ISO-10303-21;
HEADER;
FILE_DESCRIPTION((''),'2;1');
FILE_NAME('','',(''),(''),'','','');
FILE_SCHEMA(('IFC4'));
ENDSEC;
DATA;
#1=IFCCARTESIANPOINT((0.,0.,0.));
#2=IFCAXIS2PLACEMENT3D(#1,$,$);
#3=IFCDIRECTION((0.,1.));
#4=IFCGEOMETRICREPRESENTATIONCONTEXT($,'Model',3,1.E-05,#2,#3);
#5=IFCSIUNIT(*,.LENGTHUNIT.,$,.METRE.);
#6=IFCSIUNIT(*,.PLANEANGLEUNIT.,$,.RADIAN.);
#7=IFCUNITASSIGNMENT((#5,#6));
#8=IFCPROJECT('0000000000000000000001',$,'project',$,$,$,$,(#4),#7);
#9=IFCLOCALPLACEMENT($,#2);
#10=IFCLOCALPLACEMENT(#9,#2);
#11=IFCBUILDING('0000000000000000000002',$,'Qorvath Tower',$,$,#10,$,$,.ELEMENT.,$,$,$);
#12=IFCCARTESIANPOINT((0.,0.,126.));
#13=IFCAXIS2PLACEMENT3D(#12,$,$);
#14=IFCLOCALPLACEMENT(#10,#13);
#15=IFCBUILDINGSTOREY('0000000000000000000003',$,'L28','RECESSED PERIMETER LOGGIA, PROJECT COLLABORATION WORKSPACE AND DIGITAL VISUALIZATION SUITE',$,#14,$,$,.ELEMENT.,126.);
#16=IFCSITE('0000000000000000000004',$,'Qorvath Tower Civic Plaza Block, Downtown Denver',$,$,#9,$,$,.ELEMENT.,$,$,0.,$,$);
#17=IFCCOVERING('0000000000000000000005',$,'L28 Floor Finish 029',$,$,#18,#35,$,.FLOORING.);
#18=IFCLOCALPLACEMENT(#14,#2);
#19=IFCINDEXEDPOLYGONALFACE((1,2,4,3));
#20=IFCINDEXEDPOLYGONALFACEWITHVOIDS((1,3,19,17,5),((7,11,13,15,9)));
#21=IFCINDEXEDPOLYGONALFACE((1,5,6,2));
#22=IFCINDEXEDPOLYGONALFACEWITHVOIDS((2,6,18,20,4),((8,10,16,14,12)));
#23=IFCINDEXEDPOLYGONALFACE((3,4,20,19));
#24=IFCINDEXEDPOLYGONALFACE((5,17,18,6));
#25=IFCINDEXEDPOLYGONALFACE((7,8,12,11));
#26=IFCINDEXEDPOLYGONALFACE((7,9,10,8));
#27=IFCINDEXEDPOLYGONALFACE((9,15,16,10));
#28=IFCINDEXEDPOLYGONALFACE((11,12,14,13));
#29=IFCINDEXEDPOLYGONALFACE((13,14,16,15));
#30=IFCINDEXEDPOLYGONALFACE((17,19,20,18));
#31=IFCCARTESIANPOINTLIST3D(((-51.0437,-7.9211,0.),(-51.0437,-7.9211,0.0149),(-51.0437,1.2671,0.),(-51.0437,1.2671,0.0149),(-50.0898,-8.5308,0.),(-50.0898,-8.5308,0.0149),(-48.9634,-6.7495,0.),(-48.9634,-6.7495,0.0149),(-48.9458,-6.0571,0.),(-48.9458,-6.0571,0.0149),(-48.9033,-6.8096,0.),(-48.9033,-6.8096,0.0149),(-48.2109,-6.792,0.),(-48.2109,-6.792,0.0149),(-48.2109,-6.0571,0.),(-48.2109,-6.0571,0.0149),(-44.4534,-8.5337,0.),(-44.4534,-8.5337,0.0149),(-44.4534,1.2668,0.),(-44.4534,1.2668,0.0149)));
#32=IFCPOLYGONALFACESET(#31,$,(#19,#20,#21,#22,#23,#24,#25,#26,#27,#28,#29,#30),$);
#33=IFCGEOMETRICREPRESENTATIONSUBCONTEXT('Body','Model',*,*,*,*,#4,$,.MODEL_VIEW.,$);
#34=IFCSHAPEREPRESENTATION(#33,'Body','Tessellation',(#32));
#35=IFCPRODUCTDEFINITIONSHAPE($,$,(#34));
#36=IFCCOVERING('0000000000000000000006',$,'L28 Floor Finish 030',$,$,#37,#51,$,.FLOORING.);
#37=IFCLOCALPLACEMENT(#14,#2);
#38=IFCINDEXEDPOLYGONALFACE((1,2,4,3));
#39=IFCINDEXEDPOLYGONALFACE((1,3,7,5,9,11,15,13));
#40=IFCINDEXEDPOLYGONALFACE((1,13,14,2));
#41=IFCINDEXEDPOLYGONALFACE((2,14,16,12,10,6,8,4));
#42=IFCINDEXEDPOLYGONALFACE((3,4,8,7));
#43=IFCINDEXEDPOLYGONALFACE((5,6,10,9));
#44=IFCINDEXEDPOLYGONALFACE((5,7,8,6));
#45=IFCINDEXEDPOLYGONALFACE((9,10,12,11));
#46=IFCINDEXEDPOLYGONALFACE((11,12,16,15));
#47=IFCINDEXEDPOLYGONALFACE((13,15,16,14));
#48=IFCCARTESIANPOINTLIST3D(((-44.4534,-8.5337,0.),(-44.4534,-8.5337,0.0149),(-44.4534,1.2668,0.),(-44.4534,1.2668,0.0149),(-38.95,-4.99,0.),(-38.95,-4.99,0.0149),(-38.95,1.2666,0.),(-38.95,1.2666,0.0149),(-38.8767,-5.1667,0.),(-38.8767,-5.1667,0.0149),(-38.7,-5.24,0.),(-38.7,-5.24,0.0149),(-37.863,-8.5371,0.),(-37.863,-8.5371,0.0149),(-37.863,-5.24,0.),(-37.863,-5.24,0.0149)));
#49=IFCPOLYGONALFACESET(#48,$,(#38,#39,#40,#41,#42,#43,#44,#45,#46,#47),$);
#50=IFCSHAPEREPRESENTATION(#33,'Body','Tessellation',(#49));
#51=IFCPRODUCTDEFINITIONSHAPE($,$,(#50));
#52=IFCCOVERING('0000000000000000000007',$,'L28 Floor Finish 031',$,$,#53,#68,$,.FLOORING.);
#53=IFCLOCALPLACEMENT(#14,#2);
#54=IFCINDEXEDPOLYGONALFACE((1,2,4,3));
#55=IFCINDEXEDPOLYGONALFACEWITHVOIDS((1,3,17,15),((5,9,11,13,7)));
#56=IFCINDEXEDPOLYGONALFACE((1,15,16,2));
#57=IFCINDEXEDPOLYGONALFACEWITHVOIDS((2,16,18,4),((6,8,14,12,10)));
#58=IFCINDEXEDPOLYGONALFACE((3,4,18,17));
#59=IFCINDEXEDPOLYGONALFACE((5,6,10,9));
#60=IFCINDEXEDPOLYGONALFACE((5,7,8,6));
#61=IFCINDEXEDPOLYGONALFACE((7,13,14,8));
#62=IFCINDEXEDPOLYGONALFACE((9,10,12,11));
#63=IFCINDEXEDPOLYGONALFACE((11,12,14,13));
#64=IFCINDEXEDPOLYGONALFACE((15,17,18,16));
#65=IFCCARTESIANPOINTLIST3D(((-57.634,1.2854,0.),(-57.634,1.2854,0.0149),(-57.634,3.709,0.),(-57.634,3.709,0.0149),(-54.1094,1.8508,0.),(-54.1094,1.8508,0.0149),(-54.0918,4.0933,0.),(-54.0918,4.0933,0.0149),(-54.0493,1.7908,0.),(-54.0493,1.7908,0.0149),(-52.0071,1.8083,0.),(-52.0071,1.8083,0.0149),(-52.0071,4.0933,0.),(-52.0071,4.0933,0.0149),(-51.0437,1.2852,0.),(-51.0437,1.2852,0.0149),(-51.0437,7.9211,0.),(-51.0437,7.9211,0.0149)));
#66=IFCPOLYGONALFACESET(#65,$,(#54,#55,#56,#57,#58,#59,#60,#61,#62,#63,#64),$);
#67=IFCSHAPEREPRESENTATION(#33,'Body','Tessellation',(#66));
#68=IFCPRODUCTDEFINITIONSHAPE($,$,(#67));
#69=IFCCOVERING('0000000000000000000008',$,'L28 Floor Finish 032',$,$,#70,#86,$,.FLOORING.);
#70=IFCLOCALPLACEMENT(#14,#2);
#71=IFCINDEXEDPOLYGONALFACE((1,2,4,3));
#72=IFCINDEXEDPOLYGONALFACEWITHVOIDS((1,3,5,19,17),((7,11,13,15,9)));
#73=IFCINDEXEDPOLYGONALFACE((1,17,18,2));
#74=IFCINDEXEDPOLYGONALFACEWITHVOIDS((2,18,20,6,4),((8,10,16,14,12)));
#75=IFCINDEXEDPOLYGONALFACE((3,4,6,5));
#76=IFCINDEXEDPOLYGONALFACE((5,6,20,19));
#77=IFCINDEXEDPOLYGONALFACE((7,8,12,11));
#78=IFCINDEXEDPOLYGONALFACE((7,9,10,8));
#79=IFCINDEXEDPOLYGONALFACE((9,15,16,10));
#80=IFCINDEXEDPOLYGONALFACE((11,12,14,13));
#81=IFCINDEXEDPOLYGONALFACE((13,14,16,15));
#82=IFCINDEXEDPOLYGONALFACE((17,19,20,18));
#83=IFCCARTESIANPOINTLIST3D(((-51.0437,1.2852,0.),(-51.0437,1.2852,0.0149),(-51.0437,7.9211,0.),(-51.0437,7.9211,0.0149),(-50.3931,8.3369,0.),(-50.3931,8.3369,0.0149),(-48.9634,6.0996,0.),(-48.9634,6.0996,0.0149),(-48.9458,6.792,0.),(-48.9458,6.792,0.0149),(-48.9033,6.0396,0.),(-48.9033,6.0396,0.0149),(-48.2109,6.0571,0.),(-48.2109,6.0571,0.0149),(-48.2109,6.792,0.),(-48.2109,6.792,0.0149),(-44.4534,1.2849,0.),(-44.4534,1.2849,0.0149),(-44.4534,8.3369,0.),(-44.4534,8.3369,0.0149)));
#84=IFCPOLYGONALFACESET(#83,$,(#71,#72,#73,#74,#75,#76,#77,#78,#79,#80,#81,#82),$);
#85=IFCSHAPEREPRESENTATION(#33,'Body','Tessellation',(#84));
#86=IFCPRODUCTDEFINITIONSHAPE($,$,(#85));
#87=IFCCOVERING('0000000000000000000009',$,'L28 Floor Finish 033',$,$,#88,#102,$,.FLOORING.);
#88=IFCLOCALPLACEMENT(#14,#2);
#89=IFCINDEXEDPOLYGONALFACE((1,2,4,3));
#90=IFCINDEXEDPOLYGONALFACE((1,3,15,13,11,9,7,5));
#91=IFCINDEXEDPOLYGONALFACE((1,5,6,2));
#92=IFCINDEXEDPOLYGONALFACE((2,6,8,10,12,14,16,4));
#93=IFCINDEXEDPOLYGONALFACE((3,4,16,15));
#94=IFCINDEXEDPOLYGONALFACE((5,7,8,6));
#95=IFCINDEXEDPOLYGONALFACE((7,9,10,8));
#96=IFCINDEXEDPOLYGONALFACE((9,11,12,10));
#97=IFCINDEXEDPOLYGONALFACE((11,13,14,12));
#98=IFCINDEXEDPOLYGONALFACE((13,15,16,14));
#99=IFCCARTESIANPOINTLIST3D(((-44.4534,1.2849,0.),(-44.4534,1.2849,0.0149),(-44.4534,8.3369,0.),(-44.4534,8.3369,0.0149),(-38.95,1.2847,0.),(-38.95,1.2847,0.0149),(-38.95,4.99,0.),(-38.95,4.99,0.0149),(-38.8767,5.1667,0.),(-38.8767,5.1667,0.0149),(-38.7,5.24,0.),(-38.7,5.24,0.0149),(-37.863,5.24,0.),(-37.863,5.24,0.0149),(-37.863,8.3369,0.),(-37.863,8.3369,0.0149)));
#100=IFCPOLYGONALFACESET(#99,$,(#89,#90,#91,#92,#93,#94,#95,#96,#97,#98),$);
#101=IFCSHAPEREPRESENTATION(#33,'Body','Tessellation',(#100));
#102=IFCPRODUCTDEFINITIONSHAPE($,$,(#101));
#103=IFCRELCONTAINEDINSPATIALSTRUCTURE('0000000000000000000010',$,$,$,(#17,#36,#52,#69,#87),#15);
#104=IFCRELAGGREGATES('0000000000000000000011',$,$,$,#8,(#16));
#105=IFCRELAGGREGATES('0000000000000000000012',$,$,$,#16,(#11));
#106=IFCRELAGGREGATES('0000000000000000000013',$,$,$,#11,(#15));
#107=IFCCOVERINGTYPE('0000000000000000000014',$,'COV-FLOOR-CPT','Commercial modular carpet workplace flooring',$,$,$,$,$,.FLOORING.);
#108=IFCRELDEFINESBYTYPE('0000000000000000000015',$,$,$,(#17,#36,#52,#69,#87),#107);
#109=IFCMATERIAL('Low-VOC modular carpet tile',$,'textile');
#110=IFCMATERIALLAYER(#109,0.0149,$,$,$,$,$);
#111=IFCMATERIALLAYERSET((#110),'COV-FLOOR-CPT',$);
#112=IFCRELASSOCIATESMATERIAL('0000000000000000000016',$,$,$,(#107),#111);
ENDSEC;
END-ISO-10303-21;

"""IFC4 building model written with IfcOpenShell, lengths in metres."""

from ifc_helpers import new_model, si_unit, direction, frame, origin, place, context, subcontext, project, spatial, polyline, outline, extrude, material, layer, layer_set, type_object, element, save


model = new_model("IFC4")

# Units and contexts
model_context = context("Model", 3, precision=1e-05, world=origin(), true_north=direction((0.0, 1.0)))
body_context = subcontext(model_context, "Body", "Model", "MODEL_VIEW")
ifc_project = project(units=[si_unit("LENGTHUNIT", "METRE"), si_unit("PLANEANGLEUNIT", "RADIAN")], contexts=[model_context])

# Site, building, storey
site_placement = place(None, origin())
site = spatial("IfcSite", under=ifc_project, at=site_placement, Name="Qorvath Tower Civic Plaza Block, Downtown Denver", CompositionType="ELEMENT", RefElevation=0.0)
building_placement = place(site_placement, origin())
building = spatial("IfcBuilding", under=site, at=building_placement, Name="Qorvath Tower", CompositionType="ELEMENT")
storey_placement = place(building_placement, frame((0.0, 0.0, 126.0)))
storey = spatial("IfcBuildingStorey", under=building, at=storey_placement, Name="L28", Description="RECESSED PERIMETER LOGGIA, PROJECT COLLABORATION WORKSPACE AND DIGITAL VISUALIZATION SUITE", CompositionType="ELEMENT", Elevation=126.0)

# Coverings
ifc_material_1 = material(Name="Low-VOC modular carpet tile", Category="textile")
ifc_layer_1 = layer(ifc_material_1, 0.0149)
ifc_layer_set_1 = layer_set([ifc_layer_1], Name="COV-FLOOR-CPT")
covering_type_1 = type_object("IfcCoveringType", Name="COV-FLOOR-CPT", Description="Commercial modular carpet workplace flooring", PredefinedType="FLOORING", material=ifc_layer_set_1)
covering_1_placement = place(storey_placement, origin())
element("IfcCovering", 1, at=covering_1_placement, inside=storey, type_object=covering_type_1, Name="L28 Floor Finish 029", PredefinedType="FLOORING", context=body_context, shape_type="SweptSolid", body=[
    extrude(outline(polyline([(-44.4534, -8.5337), (-44.4534, 1.2668), (-51.0437, 1.2671), (-51.0437, -7.9211), (-50.0898, -8.5308), (-44.4534, -8.5337)]), holes=[polyline([(-48.9634, -6.7495), (-48.9458, -6.0571), (-48.2109, -6.0571), (-48.2109, -6.792), (-48.9033, -6.8096), (-48.9634, -6.7495)])]), origin(), (0.0, 0.0, 1.0), 0.0149),
])
covering_2_placement = place(storey_placement, origin())
element("IfcCovering", 2, at=covering_2_placement, inside=storey, type_object=covering_type_1, Name="L28 Floor Finish 030", PredefinedType="FLOORING", context=body_context, shape_type="SweptSolid", body=[
    extrude(outline(polyline([(-38.95, 1.2666), (-44.4534, 1.2668), (-44.4534, -8.5337), (-37.863, -8.5371), (-37.863, -5.24), (-38.7, -5.24), (-38.8767, -5.1667), (-38.95, -4.99), (-38.95, 1.2666)])), origin(), (0.0, 0.0, 1.0), 0.0149),
])
covering_3_placement = place(storey_placement, origin())
element("IfcCovering", 3, at=covering_3_placement, inside=storey, type_object=covering_type_1, Name="L28 Floor Finish 031", PredefinedType="FLOORING", context=body_context, shape_type="SweptSolid", body=[
    extrude(outline(polyline([(-51.0437, 1.2852), (-51.0437, 7.9211), (-57.634, 3.709), (-57.634, 1.2854), (-51.0437, 1.2852)]), holes=[polyline([(-54.1094, 1.8508), (-54.0918, 4.0933), (-52.0071, 4.0933), (-52.0071, 1.8083), (-54.0493, 1.7908), (-54.1094, 1.8508)])]), origin(), (0.0, 0.0, 1.0), 0.0149),
])
covering_4_placement = place(storey_placement, origin())
element("IfcCovering", 4, at=covering_4_placement, inside=storey, type_object=covering_type_1, Name="L28 Floor Finish 032", PredefinedType="FLOORING", context=body_context, shape_type="SweptSolid", body=[
    extrude(outline(polyline([(-44.4534, 1.2849), (-44.4534, 8.3369), (-50.3931, 8.3369), (-51.0437, 7.9211), (-51.0437, 1.2852), (-44.4534, 1.2849)]), holes=[polyline([(-48.9634, 6.0996), (-48.9458, 6.792), (-48.2109, 6.792), (-48.2109, 6.0571), (-48.9033, 6.0396), (-48.9634, 6.0996)])]), origin(), (0.0, 0.0, 1.0), 0.0149),
])
covering_5_placement = place(storey_placement, origin())
element("IfcCovering", 5, at=covering_5_placement, inside=storey, type_object=covering_type_1, Name="L28 Floor Finish 033", PredefinedType="FLOORING", context=body_context, shape_type="SweptSolid", body=[
    extrude(outline(polyline([(-37.863, 5.24), (-37.863, 8.3369), (-44.4534, 8.3369), (-44.4534, 1.2849), (-38.95, 1.2847), (-38.95, 4.99), (-38.8767, 5.1667), (-38.7, 5.24), (-37.863, 5.24)])), origin(), (0.0, 0.0, 1.0), 0.0149),
])

save(model, "model.ifc")
